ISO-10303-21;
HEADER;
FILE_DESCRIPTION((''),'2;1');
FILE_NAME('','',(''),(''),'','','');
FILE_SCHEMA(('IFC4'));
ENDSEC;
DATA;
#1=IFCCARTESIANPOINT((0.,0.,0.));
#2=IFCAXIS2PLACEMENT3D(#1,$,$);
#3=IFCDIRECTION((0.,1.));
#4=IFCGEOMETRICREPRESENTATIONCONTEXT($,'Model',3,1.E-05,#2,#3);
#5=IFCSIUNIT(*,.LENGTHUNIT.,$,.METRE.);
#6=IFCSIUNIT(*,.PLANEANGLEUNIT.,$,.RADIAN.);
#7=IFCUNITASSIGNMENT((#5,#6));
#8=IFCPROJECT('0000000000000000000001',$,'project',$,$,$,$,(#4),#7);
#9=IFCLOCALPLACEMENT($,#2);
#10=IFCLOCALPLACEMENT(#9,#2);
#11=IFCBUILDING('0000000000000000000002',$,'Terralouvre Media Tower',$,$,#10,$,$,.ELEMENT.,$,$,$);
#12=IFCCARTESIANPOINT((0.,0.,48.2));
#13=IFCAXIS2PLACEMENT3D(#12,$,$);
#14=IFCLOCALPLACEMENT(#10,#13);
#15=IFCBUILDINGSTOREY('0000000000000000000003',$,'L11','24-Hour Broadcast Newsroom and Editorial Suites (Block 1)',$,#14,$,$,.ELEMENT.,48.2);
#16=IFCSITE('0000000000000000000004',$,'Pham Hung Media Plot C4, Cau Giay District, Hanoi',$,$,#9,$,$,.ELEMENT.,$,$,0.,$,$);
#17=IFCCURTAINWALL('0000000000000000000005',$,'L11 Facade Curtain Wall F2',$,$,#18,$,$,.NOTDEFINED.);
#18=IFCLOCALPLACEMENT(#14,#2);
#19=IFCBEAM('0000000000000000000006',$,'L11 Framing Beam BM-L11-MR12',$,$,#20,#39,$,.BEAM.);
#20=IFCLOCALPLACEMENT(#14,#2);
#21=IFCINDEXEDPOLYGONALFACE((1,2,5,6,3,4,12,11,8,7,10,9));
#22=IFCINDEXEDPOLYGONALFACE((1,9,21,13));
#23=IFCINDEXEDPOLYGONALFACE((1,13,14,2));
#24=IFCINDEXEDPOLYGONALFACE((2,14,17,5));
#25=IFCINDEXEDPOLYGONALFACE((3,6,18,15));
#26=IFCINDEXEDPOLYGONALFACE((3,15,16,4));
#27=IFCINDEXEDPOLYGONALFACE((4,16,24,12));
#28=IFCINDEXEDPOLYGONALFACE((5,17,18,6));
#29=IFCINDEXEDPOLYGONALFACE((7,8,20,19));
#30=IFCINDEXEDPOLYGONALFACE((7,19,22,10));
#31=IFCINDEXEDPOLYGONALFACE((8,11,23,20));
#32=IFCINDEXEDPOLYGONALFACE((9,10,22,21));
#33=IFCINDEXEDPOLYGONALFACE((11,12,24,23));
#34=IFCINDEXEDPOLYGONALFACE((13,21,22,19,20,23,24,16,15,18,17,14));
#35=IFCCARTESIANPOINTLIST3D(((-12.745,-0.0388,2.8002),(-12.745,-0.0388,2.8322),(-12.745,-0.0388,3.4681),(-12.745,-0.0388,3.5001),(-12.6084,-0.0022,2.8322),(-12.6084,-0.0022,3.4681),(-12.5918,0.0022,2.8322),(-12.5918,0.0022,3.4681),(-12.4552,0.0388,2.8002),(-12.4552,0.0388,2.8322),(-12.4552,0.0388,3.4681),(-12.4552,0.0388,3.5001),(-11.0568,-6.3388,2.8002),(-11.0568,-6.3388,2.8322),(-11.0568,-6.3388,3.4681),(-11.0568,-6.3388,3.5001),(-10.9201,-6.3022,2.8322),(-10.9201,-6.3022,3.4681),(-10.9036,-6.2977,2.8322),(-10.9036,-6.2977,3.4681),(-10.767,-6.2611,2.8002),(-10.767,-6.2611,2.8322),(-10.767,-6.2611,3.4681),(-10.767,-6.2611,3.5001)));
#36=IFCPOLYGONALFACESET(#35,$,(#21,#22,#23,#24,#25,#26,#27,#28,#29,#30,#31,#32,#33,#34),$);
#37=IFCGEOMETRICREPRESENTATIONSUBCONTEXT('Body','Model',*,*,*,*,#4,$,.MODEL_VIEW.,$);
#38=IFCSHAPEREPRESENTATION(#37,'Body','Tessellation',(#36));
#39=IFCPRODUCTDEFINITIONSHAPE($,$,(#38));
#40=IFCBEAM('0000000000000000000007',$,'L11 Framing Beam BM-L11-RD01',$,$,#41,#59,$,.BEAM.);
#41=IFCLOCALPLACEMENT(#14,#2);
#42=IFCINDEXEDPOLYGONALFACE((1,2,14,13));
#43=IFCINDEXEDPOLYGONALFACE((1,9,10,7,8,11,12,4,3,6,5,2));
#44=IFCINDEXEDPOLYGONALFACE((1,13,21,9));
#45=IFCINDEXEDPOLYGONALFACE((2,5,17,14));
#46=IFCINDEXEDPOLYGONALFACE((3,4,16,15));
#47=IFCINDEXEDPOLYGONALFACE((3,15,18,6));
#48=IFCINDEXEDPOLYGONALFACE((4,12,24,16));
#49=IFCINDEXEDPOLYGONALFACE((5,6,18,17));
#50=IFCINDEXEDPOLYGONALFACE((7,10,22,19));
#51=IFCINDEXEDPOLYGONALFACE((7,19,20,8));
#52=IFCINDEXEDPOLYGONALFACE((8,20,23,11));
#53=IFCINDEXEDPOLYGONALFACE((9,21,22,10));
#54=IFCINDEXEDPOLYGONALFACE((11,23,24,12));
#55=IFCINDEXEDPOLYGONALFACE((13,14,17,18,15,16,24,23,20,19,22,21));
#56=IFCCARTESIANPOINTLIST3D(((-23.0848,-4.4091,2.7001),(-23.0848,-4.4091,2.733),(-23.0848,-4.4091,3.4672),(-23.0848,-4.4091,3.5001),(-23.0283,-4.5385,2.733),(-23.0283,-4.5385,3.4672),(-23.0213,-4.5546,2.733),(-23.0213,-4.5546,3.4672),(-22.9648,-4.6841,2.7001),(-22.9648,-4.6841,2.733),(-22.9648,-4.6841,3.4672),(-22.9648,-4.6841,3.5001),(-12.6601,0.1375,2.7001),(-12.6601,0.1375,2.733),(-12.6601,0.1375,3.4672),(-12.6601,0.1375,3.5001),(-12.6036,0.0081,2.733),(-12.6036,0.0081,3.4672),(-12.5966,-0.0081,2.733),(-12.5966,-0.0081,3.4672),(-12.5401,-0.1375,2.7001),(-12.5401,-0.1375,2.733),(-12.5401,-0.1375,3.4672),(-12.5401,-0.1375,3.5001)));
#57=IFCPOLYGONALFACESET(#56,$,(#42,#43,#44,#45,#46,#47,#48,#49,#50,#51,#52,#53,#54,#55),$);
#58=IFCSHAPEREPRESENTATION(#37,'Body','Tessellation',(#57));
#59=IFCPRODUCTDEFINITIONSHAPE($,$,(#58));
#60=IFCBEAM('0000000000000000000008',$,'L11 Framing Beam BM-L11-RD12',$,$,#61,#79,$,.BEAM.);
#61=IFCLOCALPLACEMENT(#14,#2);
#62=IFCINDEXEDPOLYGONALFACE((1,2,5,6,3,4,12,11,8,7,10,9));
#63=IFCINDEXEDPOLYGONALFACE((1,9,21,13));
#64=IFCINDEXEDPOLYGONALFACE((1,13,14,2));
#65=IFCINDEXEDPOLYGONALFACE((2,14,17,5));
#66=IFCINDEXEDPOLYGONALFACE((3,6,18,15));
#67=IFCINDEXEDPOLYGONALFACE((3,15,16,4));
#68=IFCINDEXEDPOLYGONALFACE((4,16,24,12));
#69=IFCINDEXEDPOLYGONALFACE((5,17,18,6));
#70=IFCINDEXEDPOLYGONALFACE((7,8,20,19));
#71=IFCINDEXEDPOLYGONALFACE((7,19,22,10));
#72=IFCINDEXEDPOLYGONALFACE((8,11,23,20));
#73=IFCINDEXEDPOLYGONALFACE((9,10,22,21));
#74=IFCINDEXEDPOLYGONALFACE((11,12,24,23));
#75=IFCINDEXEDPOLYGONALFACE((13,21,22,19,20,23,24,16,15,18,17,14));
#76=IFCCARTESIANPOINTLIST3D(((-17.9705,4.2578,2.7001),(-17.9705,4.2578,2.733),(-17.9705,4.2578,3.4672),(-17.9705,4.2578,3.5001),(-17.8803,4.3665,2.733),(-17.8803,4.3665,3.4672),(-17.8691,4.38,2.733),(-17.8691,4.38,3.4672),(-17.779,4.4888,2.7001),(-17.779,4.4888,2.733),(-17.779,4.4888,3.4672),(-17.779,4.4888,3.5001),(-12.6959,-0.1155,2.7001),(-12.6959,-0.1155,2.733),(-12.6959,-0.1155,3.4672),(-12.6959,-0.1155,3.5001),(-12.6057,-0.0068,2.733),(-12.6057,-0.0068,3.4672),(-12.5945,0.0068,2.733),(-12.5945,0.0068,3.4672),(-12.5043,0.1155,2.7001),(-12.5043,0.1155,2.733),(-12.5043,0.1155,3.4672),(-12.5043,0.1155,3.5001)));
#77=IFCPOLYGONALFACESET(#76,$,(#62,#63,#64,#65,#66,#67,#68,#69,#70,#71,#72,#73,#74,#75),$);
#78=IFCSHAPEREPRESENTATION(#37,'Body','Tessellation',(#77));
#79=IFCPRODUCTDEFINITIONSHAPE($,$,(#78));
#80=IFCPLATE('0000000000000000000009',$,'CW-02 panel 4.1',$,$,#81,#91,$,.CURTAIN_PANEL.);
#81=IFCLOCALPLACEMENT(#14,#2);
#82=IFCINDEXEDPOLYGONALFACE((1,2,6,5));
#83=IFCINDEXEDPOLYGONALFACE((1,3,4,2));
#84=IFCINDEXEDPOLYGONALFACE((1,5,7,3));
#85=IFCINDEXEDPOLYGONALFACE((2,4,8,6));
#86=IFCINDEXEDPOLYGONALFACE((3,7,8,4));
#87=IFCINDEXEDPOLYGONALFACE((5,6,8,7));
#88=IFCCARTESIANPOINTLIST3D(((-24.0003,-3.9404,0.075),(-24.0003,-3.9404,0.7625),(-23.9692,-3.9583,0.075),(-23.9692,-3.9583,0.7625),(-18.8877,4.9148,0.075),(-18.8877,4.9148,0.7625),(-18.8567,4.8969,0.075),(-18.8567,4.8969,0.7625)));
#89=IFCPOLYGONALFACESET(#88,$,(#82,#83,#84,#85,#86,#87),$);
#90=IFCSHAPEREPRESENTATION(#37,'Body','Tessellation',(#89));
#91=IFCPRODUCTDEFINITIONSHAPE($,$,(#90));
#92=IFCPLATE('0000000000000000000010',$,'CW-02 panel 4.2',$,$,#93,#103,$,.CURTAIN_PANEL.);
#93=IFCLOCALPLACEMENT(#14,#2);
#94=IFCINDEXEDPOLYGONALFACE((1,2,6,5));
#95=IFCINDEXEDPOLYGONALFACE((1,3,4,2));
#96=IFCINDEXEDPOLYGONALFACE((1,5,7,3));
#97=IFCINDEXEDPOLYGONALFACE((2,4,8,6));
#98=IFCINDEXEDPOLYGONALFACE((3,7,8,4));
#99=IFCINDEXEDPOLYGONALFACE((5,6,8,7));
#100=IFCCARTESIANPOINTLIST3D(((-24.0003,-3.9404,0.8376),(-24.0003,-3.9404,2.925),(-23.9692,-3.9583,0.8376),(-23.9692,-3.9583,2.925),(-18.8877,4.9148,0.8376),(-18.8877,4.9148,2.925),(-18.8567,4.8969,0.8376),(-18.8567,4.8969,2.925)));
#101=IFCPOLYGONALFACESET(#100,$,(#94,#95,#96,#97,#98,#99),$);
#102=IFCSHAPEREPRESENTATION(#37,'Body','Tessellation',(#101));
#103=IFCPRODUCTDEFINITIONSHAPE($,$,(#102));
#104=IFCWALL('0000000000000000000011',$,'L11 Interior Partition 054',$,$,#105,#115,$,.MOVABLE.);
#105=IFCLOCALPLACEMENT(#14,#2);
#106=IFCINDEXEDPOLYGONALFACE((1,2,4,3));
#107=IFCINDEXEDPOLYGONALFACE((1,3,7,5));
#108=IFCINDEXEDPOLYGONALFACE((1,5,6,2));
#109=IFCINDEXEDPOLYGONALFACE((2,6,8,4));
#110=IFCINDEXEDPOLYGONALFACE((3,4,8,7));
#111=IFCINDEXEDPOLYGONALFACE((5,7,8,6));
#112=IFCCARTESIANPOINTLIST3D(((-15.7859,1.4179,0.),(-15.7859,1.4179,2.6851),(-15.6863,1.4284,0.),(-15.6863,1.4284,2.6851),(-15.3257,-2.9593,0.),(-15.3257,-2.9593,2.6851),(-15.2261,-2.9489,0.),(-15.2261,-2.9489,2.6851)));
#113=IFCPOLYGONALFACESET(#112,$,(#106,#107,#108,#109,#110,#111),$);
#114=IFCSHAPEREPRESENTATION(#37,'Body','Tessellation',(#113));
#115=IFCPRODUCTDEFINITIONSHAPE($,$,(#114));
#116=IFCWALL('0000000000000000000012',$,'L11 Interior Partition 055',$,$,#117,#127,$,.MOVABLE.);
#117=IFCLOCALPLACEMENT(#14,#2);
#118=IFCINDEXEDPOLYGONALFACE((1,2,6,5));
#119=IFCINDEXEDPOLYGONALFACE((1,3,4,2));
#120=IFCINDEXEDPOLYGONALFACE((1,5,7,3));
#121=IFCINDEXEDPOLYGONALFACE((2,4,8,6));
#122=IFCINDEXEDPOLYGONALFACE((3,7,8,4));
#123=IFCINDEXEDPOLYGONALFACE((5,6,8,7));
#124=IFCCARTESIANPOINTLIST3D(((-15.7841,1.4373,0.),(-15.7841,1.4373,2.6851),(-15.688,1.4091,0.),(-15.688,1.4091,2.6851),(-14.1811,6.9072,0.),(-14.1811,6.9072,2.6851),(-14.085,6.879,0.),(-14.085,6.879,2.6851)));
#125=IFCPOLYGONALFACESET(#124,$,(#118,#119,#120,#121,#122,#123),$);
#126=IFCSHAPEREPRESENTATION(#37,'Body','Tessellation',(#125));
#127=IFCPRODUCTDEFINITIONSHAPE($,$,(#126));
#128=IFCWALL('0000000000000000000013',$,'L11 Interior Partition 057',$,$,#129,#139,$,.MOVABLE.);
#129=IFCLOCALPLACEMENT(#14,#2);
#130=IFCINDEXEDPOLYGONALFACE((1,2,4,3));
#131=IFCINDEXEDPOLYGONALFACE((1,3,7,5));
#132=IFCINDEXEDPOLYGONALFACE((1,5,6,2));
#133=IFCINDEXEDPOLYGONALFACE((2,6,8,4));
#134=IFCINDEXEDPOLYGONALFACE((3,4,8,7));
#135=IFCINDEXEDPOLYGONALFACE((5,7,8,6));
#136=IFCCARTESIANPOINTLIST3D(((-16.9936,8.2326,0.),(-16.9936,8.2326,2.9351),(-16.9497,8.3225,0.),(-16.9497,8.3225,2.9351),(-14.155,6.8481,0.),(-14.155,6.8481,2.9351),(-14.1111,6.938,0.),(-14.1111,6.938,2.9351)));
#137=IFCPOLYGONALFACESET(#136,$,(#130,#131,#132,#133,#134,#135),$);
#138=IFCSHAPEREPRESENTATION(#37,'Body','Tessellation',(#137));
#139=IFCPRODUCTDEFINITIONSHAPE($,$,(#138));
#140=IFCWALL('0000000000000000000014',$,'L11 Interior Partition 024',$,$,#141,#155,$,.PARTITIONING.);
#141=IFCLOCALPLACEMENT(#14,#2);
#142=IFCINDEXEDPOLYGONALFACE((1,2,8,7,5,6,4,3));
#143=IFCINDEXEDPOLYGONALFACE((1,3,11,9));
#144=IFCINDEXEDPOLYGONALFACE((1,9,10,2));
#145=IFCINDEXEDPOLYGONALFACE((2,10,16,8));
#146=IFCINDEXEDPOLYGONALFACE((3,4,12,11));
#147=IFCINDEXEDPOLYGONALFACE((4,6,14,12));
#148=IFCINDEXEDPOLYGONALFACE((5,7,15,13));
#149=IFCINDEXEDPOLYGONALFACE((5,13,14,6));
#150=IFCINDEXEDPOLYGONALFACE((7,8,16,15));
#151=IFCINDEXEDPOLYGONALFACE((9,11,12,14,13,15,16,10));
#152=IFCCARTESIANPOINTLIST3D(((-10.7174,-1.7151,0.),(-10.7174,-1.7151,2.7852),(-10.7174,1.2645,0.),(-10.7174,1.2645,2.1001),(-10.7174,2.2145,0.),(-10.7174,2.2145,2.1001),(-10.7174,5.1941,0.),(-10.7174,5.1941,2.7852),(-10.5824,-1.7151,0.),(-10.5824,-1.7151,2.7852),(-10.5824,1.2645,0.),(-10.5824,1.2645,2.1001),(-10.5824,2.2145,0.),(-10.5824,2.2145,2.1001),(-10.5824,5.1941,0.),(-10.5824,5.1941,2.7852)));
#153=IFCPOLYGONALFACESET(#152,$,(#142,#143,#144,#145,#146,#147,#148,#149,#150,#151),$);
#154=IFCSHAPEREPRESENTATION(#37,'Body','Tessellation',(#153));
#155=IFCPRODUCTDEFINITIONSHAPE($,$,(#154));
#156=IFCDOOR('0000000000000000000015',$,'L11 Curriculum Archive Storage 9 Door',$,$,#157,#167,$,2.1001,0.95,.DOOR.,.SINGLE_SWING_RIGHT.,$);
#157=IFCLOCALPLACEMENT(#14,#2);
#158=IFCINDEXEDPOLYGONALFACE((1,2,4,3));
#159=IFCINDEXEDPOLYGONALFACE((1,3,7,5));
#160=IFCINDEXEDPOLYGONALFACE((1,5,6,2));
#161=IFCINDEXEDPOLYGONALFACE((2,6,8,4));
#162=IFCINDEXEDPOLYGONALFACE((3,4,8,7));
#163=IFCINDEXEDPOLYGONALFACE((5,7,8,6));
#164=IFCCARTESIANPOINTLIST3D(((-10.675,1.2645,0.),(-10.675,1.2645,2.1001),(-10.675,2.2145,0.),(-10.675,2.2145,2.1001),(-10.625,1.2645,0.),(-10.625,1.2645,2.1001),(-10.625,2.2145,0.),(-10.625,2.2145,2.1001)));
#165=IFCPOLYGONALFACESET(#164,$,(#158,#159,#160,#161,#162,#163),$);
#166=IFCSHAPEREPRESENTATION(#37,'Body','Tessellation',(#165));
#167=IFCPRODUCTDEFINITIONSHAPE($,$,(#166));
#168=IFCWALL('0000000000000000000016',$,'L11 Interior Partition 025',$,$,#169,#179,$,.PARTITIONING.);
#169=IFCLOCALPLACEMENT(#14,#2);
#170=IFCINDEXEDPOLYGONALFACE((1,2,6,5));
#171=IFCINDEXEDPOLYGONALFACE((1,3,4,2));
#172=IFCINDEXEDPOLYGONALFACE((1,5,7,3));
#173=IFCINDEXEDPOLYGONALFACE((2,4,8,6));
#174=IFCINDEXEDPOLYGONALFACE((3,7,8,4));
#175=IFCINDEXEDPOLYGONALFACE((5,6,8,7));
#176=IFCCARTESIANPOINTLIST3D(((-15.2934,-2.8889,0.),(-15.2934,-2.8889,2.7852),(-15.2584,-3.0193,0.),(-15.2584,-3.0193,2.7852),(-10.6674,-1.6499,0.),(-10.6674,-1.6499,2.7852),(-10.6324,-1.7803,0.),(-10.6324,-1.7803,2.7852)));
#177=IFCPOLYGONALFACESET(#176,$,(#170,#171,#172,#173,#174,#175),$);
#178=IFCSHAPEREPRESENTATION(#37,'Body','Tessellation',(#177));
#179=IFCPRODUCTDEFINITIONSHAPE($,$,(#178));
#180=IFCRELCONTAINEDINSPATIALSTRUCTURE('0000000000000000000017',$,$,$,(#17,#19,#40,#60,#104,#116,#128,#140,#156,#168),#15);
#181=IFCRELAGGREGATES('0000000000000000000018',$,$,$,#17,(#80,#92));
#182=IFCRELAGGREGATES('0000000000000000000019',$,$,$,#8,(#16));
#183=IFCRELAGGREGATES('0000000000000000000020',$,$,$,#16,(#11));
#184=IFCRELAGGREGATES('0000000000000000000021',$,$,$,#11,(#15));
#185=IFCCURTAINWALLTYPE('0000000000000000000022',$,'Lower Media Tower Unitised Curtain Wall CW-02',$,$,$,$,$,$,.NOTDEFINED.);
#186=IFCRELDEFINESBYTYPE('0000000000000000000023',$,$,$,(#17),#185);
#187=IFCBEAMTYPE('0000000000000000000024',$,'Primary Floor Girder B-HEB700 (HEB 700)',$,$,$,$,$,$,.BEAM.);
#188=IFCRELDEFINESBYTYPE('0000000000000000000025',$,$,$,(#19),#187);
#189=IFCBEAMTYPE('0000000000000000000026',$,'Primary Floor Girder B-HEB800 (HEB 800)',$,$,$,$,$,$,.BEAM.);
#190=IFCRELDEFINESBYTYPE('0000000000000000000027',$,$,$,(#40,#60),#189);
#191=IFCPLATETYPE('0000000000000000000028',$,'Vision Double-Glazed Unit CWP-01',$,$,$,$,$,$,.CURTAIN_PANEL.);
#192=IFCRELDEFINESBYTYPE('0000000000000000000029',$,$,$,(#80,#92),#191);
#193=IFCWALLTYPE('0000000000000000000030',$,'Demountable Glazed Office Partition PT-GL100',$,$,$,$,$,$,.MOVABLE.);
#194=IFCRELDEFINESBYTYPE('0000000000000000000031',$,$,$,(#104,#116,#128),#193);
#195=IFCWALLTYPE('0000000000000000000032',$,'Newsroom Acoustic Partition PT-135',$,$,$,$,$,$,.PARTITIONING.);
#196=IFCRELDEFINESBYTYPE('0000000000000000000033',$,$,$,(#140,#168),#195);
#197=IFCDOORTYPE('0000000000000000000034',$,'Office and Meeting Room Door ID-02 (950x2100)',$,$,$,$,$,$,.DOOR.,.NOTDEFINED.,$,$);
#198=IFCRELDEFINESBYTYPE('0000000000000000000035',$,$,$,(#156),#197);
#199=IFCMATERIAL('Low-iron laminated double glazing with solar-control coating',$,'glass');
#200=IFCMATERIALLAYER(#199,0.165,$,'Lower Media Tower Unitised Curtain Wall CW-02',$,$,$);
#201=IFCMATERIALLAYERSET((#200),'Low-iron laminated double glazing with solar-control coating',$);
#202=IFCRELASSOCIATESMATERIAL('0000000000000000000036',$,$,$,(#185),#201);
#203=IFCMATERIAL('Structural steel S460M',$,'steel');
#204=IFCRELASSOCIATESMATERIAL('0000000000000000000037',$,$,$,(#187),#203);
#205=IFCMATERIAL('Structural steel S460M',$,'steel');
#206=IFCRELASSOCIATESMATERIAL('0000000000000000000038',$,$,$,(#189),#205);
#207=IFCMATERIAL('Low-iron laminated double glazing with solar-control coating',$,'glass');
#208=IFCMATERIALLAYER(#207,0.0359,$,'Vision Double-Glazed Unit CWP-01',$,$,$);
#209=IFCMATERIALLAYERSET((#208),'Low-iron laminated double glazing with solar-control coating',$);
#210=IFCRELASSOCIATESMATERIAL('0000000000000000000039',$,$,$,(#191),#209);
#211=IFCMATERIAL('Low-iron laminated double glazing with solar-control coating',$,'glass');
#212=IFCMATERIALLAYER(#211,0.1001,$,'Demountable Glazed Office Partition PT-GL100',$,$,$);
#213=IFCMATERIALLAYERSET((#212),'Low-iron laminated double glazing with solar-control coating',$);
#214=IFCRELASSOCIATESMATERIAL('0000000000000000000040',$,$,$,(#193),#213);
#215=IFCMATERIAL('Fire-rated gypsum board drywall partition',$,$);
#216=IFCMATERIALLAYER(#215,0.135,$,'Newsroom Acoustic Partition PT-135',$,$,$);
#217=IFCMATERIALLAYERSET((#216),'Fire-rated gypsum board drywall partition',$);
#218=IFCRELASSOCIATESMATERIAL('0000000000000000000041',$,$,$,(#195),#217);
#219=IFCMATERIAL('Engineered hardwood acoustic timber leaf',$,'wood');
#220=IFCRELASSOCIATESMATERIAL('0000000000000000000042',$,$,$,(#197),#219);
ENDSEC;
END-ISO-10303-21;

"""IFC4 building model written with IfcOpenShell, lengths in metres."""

from ifc_helpers import new_model, si_unit, direction, frame, frame_2d, origin, origin_2d, place, context, subcontext, project, spatial, rectangle, i_section, extrude, material, layer, layer_set, material_profile, profile_set, type_object, element, fill, aggregate, save


model = new_model("IFC4")

# Units and contexts
model_context = context("Model", 3, precision=1e-05, world=origin(), true_north=direction((0.0, 1.0)))
body_context = subcontext(model_context, "Body", "Model", "MODEL_VIEW")
ifc_project = project(units=[si_unit("LENGTHUNIT", "METRE"), si_unit("PLANEANGLEUNIT", "RADIAN")], contexts=[model_context])

# Site, building, storey
site_placement = place(None, origin())
site = spatial("IfcSite", under=ifc_project, at=site_placement, Name="Pham Hung Media Plot C4, Cau Giay District, Hanoi", CompositionType="ELEMENT", RefElevation=0.0)
building_placement = place(site_placement, origin())
building = spatial("IfcBuilding", under=site, at=building_placement, Name="Terralouvre Media Tower", CompositionType="ELEMENT")
storey_placement = place(building_placement, frame((0.0, 0.0, 48.2)))
storey = spatial("IfcBuildingStorey", under=building, at=storey_placement, Name="L11", Description="24-Hour Broadcast Newsroom and Editorial Suites (Block 1)", CompositionType="ELEMENT", Elevation=48.2)

# Curtain wall
ifc_material_1 = material(Name="Low-iron laminated double glazing with solar-control coating", Category="glass")
ifc_layer_1 = layer(ifc_material_1, 0.165, Name="Lower Media Tower Unitised Curtain Wall CW-02")
ifc_layer_set_1 = layer_set([ifc_layer_1], Name="Low-iron laminated double glazing with solar-control coating")
curtain_wall_type = type_object("IfcCurtainWallType", Name="Lower Media Tower Unitised Curtain Wall CW-02", PredefinedType="NOTDEFINED", material=ifc_layer_set_1)
curtain_wall_placement = place(storey_placement, origin())
curtain_wall = element("IfcCurtainWall", 1, at=curtain_wall_placement, inside=storey, type_object=curtain_wall_type, Name="L11 Facade Curtain Wall F2", PredefinedType="NOTDEFINED")

# Beams
ifc_material_2 = material(Name="Structural steel S460M", Category="steel")
ifc_material_profile_1 = material_profile(ifc_material_2, i_section(OverallWidth=0.3, OverallDepth=0.7, WebThickness=0.0171, FlangeThickness=0.032, at=origin_2d()), Name="HEB 700")
ifc_profile_set_1 = profile_set([ifc_material_profile_1], Name="Structural steel S460M")
beam_type_1 = type_object("IfcBeamType", Name="Primary Floor Girder B-HEB700 (HEB 700)", PredefinedType="BEAM", material=ifc_profile_set_1)
for number, where, z_axis, x_axis, name in (
    (2, (-12.6001, 0.0, 3.1501), (0.258839, -0.96592, 0.0), (0.96592, 0.258839, 0.0), "L11 Framing Beam BM-L11-MR12"),
):
    element("IfcBeam", number, at=place(storey_placement, frame(where, z_axis=z_axis, x_axis=x_axis)), inside=storey, type_object=beam_type_1, Name=name, PredefinedType="BEAM", context=body_context, shape_type="SweptSolid", body=[
        extrude(i_section(OverallWidth=0.3, OverallDepth=0.7, WebThickness=0.0171, FlangeThickness=0.032, at=origin_2d()), origin(), (0.0, 0.0, 1.0), 6.5222),
    ])
ifc_material_3 = material(Name="Structural steel S460M", Category="steel")
ifc_material_profile_2 = material_profile(ifc_material_3, i_section(OverallWidth=0.3, OverallDepth=0.8, WebThickness=0.0176, FlangeThickness=0.033, at=origin_2d()), Name="HEB 800")
ifc_profile_set_2 = profile_set([ifc_material_profile_2], Name="Structural steel S460M")
beam_type_2 = type_object("IfcBeamType", Name="Primary Floor Girder B-HEB800 (HEB 800)", PredefinedType="BEAM", material=ifc_profile_set_2)
beam_1_placement = place(storey_placement, frame((-12.6001, 0.0, 3.1001), z_axis=(-0.916616, -0.399769, 0.0), x_axis=(0.399769, -0.916616, 0.0)))
element("IfcBeam", 3, at=beam_1_placement, inside=storey, type_object=beam_type_2, Name="L11 Framing Beam BM-L11-RD01", PredefinedType="BEAM", context=body_context, shape_type="SweptSolid", body=[
    extrude(i_section(OverallWidth=0.3, OverallDepth=0.8, WebThickness=0.0176, FlangeThickness=0.033, at=origin_2d()), origin(), (0.0, 0.0, 1.0), 11.373),
])
beam_2_placement = place(storey_placement, frame((-12.6001, 0.0, 3.1001), z_axis=(-0.769816, 0.638265, 0.0), x_axis=(-0.638265, -0.769816, 0.0)))
element("IfcBeam", 4, at=beam_2_placement, inside=storey, type_object=beam_type_2, Name="L11 Framing Beam BM-L11-RD12", PredefinedType="BEAM", context=body_context, shape_type="SweptSolid", body=[
    extrude(i_section(OverallWidth=0.3, OverallDepth=0.8, WebThickness=0.0176, FlangeThickness=0.033, at=origin_2d()), origin(), (0.0, 0.0, 1.0), 6.8518),
])

# Plates
ifc_material_4 = material(Name="Low-iron laminated double glazing with solar-control coating", Category="glass")
ifc_layer_2 = layer(ifc_material_4, 0.0359, Name="Vision Double-Glazed Unit CWP-01")
ifc_layer_set_2 = layer_set([ifc_layer_2], Name="Low-iron laminated double glazing with solar-control coating")
plate_type = type_object("IfcPlateType", Name="Vision Double-Glazed Unit CWP-01", PredefinedType="CURTAIN_PANEL", material=ifc_layer_set_2)
plate_1_placement = place(storey_placement, frame((-21.4285, 0.4783, 0.075), z_axis=(0.0, 0.0, 1.0), x_axis=(-0.5, -0.866025, 0.0)))
plate_1 = element("IfcPlate", 5, at=plate_1_placement, type_object=plate_type, Name="CW-02 panel 4.1", PredefinedType="CURTAIN_PANEL", context=body_context, shape_type="SweptSolid", body=[
    extrude(rectangle(XDim=10.2251, YDim=0.0359, at=origin_2d()), origin(), (0.0, 0.0, 1.0), 0.6875),
])
plate_2_placement = place(storey_placement, frame((-21.4285, 0.4783, 0.8376), z_axis=(0.0, 0.0, 1.0), x_axis=(-0.5, -0.866025, 0.0)))
plate_2 = element("IfcPlate", 6, at=plate_2_placement, type_object=plate_type, Name="CW-02 panel 4.2", PredefinedType="CURTAIN_PANEL", context=body_context, shape_type="SweptSolid", body=[
    extrude(rectangle(XDim=10.2251, YDim=0.0359, at=origin_2d()), origin(), (0.0, 0.0, 1.0), 2.0874),
])
aggregate(curtain_wall, [plate_1, plate_2])

# Walls
ifc_material_5 = material(Name="Low-iron laminated double glazing with solar-control coating", Category="glass")
ifc_layer_3 = layer(ifc_material_5, 0.1001, Name="Demountable Glazed Office Partition PT-GL100")
ifc_layer_set_3 = layer_set([ifc_layer_3], Name="Low-iron laminated double glazing with solar-control coating")
wall_type_1 = type_object("IfcWallType", Name="Demountable Glazed Office Partition PT-GL100", PredefinedType="MOVABLE", material=ifc_layer_set_3)
wall_1_placement = place(storey_placement, frame((-15.2759, -2.9541, 0.0), z_axis=(0.0, 0.0, 1.0), x_axis=(-0.104561, 0.994519, 0.0)))
element("IfcWall", 7, at=wall_1_placement, inside=storey, type_object=wall_type_1, Name="L11 Interior Partition 054", PredefinedType="MOVABLE", context=body_context, shape_type="SweptSolid", body=[
    extrude(rectangle(XDim=4.4014, YDim=0.1001, at=frame_2d((2.2007, 0.0))), origin(), (0.0, 0.0, 1.0), 2.6851),
])
wall_2_placement = place(storey_placement, frame((-15.7361, 1.4231, 0.0), z_axis=(0.0, 0.0, 1.0), x_axis=(0.281232, 0.95964, 0.0)))
element("IfcWall", 8, at=wall_2_placement, inside=storey, type_object=wall_type_1, Name="L11 Interior Partition 055", PredefinedType="MOVABLE", context=body_context, shape_type="SweptSolid", body=[
    extrude(rectangle(XDim=5.7, YDim=0.1001, at=frame_2d((2.8501, 0.0))), origin(), (0.0, 0.0, 1.0), 2.6851),
])
wall_3_placement = place(storey_placement, frame((-14.1331, 6.8931, 0.0), z_axis=(0.0, 0.0, 1.0), x_axis=(-0.89879, 0.438379, 0.0)))
element("IfcWall", 9, at=wall_3_placement, inside=storey, type_object=wall_type_1, Name="L11 Interior Partition 057", PredefinedType="MOVABLE", context=body_context, shape_type="SweptSolid", body=[
    extrude(rectangle(XDim=3.1582, YDim=0.1001, at=frame_2d((1.5791, 0.0))), origin(), (0.0, 0.0, 1.0), 2.9351),
])

# Wall, opening, door
ifc_material_6 = material(Name="Fire-rated gypsum board drywall partition")
ifc_layer_4 = layer(ifc_material_6, 0.135, Name="Newsroom Acoustic Partition PT-135")
ifc_layer_set_4 = layer_set([ifc_layer_4], Name="Fire-rated gypsum board drywall partition")
wall_type_2 = type_object("IfcWallType", Name="Newsroom Acoustic Partition PT-135", PredefinedType="PARTITIONING", material=ifc_layer_set_4)
wall_4_placement = place(storey_placement, frame((-10.6499, 5.1941, 0.0), z_axis=(0.0, 0.0, 1.0), x_axis=(0.0, -1.0, 0.0)))
wall_4 = element("IfcWall", 10, at=wall_4_placement, inside=storey, type_object=wall_type_2, Name="L11 Interior Partition 024", PredefinedType="PARTITIONING", context=body_context, shape_type="SweptSolid", body=[
    extrude(rectangle(XDim=6.9092, YDim=0.135, at=frame_2d((3.4546, 0.0))), origin(), (0.0, 0.0, 1.0), 2.7852),
])
opening_1_placement = place(wall_4_placement, frame((2.9795, 0.0, 0.0)))
opening_1 = element("IfcOpeningElement", 11, at=opening_1_placement, cuts=wall_4, PredefinedType="OPENING", context=body_context, shape_type="SweptSolid", body=[
    extrude(rectangle(XDim=0.95, YDim=2.1001, at=frame_2d((0.4751, 1.05))), frame((0.0, 0.0774, 0.0), z_axis=(0.0, -1.0, 0.0), x_axis=(1.0, 0.0, 0.0)), (0.0, 0.0, 1.0), 0.155),
])
ifc_material_7 = material(Name="Engineered hardwood acoustic timber leaf", Category="wood")
door_type_1 = type_object("IfcDoorType", Name="Office and Meeting Room Door ID-02 (950x2100)", OperationType="NOTDEFINED", PredefinedType="DOOR", material=ifc_material_7)
door_1_placement = place(opening_1_placement, origin())
door_1 = element("IfcDoor", 12, at=door_1_placement, inside=storey, type_object=door_type_1, Name="L11 Curriculum Archive Storage 9 Door", OperationType="SINGLE_SWING_RIGHT", OverallHeight=2.1001, OverallWidth=0.95, PredefinedType="DOOR", context=body_context, shape_type="SweptSolid", body=[
    extrude(rectangle(XDim=0.95, YDim=2.1001, at=frame_2d((0.4751, 1.05))), frame((0.0, 0.0249, 0.0), z_axis=(0.0, -1.0, 0.0), x_axis=(1.0, 0.0, 0.0)), (0.0, 0.0, 1.0), 0.05),
])
fill(opening_1, door_1)

# Wall
wall_5_placement = place(storey_placement, frame((-10.6499, -1.7151, 0.0), z_axis=(0.0, 0.0, 1.0), x_axis=(-0.965953, -0.258719, 0.0)))
element("IfcWall", 13, at=wall_5_placement, inside=storey, type_object=wall_type_2, Name="L11 Interior Partition 025", PredefinedType="PARTITIONING", context=body_context, shape_type="SweptSolid", body=[
    extrude(rectangle(XDim=4.7891, YDim=0.135, at=frame_2d((2.3945, 0.0))), origin(), (0.0, 0.0, 1.0), 2.7852),
])

save(model, "model.ifc")
